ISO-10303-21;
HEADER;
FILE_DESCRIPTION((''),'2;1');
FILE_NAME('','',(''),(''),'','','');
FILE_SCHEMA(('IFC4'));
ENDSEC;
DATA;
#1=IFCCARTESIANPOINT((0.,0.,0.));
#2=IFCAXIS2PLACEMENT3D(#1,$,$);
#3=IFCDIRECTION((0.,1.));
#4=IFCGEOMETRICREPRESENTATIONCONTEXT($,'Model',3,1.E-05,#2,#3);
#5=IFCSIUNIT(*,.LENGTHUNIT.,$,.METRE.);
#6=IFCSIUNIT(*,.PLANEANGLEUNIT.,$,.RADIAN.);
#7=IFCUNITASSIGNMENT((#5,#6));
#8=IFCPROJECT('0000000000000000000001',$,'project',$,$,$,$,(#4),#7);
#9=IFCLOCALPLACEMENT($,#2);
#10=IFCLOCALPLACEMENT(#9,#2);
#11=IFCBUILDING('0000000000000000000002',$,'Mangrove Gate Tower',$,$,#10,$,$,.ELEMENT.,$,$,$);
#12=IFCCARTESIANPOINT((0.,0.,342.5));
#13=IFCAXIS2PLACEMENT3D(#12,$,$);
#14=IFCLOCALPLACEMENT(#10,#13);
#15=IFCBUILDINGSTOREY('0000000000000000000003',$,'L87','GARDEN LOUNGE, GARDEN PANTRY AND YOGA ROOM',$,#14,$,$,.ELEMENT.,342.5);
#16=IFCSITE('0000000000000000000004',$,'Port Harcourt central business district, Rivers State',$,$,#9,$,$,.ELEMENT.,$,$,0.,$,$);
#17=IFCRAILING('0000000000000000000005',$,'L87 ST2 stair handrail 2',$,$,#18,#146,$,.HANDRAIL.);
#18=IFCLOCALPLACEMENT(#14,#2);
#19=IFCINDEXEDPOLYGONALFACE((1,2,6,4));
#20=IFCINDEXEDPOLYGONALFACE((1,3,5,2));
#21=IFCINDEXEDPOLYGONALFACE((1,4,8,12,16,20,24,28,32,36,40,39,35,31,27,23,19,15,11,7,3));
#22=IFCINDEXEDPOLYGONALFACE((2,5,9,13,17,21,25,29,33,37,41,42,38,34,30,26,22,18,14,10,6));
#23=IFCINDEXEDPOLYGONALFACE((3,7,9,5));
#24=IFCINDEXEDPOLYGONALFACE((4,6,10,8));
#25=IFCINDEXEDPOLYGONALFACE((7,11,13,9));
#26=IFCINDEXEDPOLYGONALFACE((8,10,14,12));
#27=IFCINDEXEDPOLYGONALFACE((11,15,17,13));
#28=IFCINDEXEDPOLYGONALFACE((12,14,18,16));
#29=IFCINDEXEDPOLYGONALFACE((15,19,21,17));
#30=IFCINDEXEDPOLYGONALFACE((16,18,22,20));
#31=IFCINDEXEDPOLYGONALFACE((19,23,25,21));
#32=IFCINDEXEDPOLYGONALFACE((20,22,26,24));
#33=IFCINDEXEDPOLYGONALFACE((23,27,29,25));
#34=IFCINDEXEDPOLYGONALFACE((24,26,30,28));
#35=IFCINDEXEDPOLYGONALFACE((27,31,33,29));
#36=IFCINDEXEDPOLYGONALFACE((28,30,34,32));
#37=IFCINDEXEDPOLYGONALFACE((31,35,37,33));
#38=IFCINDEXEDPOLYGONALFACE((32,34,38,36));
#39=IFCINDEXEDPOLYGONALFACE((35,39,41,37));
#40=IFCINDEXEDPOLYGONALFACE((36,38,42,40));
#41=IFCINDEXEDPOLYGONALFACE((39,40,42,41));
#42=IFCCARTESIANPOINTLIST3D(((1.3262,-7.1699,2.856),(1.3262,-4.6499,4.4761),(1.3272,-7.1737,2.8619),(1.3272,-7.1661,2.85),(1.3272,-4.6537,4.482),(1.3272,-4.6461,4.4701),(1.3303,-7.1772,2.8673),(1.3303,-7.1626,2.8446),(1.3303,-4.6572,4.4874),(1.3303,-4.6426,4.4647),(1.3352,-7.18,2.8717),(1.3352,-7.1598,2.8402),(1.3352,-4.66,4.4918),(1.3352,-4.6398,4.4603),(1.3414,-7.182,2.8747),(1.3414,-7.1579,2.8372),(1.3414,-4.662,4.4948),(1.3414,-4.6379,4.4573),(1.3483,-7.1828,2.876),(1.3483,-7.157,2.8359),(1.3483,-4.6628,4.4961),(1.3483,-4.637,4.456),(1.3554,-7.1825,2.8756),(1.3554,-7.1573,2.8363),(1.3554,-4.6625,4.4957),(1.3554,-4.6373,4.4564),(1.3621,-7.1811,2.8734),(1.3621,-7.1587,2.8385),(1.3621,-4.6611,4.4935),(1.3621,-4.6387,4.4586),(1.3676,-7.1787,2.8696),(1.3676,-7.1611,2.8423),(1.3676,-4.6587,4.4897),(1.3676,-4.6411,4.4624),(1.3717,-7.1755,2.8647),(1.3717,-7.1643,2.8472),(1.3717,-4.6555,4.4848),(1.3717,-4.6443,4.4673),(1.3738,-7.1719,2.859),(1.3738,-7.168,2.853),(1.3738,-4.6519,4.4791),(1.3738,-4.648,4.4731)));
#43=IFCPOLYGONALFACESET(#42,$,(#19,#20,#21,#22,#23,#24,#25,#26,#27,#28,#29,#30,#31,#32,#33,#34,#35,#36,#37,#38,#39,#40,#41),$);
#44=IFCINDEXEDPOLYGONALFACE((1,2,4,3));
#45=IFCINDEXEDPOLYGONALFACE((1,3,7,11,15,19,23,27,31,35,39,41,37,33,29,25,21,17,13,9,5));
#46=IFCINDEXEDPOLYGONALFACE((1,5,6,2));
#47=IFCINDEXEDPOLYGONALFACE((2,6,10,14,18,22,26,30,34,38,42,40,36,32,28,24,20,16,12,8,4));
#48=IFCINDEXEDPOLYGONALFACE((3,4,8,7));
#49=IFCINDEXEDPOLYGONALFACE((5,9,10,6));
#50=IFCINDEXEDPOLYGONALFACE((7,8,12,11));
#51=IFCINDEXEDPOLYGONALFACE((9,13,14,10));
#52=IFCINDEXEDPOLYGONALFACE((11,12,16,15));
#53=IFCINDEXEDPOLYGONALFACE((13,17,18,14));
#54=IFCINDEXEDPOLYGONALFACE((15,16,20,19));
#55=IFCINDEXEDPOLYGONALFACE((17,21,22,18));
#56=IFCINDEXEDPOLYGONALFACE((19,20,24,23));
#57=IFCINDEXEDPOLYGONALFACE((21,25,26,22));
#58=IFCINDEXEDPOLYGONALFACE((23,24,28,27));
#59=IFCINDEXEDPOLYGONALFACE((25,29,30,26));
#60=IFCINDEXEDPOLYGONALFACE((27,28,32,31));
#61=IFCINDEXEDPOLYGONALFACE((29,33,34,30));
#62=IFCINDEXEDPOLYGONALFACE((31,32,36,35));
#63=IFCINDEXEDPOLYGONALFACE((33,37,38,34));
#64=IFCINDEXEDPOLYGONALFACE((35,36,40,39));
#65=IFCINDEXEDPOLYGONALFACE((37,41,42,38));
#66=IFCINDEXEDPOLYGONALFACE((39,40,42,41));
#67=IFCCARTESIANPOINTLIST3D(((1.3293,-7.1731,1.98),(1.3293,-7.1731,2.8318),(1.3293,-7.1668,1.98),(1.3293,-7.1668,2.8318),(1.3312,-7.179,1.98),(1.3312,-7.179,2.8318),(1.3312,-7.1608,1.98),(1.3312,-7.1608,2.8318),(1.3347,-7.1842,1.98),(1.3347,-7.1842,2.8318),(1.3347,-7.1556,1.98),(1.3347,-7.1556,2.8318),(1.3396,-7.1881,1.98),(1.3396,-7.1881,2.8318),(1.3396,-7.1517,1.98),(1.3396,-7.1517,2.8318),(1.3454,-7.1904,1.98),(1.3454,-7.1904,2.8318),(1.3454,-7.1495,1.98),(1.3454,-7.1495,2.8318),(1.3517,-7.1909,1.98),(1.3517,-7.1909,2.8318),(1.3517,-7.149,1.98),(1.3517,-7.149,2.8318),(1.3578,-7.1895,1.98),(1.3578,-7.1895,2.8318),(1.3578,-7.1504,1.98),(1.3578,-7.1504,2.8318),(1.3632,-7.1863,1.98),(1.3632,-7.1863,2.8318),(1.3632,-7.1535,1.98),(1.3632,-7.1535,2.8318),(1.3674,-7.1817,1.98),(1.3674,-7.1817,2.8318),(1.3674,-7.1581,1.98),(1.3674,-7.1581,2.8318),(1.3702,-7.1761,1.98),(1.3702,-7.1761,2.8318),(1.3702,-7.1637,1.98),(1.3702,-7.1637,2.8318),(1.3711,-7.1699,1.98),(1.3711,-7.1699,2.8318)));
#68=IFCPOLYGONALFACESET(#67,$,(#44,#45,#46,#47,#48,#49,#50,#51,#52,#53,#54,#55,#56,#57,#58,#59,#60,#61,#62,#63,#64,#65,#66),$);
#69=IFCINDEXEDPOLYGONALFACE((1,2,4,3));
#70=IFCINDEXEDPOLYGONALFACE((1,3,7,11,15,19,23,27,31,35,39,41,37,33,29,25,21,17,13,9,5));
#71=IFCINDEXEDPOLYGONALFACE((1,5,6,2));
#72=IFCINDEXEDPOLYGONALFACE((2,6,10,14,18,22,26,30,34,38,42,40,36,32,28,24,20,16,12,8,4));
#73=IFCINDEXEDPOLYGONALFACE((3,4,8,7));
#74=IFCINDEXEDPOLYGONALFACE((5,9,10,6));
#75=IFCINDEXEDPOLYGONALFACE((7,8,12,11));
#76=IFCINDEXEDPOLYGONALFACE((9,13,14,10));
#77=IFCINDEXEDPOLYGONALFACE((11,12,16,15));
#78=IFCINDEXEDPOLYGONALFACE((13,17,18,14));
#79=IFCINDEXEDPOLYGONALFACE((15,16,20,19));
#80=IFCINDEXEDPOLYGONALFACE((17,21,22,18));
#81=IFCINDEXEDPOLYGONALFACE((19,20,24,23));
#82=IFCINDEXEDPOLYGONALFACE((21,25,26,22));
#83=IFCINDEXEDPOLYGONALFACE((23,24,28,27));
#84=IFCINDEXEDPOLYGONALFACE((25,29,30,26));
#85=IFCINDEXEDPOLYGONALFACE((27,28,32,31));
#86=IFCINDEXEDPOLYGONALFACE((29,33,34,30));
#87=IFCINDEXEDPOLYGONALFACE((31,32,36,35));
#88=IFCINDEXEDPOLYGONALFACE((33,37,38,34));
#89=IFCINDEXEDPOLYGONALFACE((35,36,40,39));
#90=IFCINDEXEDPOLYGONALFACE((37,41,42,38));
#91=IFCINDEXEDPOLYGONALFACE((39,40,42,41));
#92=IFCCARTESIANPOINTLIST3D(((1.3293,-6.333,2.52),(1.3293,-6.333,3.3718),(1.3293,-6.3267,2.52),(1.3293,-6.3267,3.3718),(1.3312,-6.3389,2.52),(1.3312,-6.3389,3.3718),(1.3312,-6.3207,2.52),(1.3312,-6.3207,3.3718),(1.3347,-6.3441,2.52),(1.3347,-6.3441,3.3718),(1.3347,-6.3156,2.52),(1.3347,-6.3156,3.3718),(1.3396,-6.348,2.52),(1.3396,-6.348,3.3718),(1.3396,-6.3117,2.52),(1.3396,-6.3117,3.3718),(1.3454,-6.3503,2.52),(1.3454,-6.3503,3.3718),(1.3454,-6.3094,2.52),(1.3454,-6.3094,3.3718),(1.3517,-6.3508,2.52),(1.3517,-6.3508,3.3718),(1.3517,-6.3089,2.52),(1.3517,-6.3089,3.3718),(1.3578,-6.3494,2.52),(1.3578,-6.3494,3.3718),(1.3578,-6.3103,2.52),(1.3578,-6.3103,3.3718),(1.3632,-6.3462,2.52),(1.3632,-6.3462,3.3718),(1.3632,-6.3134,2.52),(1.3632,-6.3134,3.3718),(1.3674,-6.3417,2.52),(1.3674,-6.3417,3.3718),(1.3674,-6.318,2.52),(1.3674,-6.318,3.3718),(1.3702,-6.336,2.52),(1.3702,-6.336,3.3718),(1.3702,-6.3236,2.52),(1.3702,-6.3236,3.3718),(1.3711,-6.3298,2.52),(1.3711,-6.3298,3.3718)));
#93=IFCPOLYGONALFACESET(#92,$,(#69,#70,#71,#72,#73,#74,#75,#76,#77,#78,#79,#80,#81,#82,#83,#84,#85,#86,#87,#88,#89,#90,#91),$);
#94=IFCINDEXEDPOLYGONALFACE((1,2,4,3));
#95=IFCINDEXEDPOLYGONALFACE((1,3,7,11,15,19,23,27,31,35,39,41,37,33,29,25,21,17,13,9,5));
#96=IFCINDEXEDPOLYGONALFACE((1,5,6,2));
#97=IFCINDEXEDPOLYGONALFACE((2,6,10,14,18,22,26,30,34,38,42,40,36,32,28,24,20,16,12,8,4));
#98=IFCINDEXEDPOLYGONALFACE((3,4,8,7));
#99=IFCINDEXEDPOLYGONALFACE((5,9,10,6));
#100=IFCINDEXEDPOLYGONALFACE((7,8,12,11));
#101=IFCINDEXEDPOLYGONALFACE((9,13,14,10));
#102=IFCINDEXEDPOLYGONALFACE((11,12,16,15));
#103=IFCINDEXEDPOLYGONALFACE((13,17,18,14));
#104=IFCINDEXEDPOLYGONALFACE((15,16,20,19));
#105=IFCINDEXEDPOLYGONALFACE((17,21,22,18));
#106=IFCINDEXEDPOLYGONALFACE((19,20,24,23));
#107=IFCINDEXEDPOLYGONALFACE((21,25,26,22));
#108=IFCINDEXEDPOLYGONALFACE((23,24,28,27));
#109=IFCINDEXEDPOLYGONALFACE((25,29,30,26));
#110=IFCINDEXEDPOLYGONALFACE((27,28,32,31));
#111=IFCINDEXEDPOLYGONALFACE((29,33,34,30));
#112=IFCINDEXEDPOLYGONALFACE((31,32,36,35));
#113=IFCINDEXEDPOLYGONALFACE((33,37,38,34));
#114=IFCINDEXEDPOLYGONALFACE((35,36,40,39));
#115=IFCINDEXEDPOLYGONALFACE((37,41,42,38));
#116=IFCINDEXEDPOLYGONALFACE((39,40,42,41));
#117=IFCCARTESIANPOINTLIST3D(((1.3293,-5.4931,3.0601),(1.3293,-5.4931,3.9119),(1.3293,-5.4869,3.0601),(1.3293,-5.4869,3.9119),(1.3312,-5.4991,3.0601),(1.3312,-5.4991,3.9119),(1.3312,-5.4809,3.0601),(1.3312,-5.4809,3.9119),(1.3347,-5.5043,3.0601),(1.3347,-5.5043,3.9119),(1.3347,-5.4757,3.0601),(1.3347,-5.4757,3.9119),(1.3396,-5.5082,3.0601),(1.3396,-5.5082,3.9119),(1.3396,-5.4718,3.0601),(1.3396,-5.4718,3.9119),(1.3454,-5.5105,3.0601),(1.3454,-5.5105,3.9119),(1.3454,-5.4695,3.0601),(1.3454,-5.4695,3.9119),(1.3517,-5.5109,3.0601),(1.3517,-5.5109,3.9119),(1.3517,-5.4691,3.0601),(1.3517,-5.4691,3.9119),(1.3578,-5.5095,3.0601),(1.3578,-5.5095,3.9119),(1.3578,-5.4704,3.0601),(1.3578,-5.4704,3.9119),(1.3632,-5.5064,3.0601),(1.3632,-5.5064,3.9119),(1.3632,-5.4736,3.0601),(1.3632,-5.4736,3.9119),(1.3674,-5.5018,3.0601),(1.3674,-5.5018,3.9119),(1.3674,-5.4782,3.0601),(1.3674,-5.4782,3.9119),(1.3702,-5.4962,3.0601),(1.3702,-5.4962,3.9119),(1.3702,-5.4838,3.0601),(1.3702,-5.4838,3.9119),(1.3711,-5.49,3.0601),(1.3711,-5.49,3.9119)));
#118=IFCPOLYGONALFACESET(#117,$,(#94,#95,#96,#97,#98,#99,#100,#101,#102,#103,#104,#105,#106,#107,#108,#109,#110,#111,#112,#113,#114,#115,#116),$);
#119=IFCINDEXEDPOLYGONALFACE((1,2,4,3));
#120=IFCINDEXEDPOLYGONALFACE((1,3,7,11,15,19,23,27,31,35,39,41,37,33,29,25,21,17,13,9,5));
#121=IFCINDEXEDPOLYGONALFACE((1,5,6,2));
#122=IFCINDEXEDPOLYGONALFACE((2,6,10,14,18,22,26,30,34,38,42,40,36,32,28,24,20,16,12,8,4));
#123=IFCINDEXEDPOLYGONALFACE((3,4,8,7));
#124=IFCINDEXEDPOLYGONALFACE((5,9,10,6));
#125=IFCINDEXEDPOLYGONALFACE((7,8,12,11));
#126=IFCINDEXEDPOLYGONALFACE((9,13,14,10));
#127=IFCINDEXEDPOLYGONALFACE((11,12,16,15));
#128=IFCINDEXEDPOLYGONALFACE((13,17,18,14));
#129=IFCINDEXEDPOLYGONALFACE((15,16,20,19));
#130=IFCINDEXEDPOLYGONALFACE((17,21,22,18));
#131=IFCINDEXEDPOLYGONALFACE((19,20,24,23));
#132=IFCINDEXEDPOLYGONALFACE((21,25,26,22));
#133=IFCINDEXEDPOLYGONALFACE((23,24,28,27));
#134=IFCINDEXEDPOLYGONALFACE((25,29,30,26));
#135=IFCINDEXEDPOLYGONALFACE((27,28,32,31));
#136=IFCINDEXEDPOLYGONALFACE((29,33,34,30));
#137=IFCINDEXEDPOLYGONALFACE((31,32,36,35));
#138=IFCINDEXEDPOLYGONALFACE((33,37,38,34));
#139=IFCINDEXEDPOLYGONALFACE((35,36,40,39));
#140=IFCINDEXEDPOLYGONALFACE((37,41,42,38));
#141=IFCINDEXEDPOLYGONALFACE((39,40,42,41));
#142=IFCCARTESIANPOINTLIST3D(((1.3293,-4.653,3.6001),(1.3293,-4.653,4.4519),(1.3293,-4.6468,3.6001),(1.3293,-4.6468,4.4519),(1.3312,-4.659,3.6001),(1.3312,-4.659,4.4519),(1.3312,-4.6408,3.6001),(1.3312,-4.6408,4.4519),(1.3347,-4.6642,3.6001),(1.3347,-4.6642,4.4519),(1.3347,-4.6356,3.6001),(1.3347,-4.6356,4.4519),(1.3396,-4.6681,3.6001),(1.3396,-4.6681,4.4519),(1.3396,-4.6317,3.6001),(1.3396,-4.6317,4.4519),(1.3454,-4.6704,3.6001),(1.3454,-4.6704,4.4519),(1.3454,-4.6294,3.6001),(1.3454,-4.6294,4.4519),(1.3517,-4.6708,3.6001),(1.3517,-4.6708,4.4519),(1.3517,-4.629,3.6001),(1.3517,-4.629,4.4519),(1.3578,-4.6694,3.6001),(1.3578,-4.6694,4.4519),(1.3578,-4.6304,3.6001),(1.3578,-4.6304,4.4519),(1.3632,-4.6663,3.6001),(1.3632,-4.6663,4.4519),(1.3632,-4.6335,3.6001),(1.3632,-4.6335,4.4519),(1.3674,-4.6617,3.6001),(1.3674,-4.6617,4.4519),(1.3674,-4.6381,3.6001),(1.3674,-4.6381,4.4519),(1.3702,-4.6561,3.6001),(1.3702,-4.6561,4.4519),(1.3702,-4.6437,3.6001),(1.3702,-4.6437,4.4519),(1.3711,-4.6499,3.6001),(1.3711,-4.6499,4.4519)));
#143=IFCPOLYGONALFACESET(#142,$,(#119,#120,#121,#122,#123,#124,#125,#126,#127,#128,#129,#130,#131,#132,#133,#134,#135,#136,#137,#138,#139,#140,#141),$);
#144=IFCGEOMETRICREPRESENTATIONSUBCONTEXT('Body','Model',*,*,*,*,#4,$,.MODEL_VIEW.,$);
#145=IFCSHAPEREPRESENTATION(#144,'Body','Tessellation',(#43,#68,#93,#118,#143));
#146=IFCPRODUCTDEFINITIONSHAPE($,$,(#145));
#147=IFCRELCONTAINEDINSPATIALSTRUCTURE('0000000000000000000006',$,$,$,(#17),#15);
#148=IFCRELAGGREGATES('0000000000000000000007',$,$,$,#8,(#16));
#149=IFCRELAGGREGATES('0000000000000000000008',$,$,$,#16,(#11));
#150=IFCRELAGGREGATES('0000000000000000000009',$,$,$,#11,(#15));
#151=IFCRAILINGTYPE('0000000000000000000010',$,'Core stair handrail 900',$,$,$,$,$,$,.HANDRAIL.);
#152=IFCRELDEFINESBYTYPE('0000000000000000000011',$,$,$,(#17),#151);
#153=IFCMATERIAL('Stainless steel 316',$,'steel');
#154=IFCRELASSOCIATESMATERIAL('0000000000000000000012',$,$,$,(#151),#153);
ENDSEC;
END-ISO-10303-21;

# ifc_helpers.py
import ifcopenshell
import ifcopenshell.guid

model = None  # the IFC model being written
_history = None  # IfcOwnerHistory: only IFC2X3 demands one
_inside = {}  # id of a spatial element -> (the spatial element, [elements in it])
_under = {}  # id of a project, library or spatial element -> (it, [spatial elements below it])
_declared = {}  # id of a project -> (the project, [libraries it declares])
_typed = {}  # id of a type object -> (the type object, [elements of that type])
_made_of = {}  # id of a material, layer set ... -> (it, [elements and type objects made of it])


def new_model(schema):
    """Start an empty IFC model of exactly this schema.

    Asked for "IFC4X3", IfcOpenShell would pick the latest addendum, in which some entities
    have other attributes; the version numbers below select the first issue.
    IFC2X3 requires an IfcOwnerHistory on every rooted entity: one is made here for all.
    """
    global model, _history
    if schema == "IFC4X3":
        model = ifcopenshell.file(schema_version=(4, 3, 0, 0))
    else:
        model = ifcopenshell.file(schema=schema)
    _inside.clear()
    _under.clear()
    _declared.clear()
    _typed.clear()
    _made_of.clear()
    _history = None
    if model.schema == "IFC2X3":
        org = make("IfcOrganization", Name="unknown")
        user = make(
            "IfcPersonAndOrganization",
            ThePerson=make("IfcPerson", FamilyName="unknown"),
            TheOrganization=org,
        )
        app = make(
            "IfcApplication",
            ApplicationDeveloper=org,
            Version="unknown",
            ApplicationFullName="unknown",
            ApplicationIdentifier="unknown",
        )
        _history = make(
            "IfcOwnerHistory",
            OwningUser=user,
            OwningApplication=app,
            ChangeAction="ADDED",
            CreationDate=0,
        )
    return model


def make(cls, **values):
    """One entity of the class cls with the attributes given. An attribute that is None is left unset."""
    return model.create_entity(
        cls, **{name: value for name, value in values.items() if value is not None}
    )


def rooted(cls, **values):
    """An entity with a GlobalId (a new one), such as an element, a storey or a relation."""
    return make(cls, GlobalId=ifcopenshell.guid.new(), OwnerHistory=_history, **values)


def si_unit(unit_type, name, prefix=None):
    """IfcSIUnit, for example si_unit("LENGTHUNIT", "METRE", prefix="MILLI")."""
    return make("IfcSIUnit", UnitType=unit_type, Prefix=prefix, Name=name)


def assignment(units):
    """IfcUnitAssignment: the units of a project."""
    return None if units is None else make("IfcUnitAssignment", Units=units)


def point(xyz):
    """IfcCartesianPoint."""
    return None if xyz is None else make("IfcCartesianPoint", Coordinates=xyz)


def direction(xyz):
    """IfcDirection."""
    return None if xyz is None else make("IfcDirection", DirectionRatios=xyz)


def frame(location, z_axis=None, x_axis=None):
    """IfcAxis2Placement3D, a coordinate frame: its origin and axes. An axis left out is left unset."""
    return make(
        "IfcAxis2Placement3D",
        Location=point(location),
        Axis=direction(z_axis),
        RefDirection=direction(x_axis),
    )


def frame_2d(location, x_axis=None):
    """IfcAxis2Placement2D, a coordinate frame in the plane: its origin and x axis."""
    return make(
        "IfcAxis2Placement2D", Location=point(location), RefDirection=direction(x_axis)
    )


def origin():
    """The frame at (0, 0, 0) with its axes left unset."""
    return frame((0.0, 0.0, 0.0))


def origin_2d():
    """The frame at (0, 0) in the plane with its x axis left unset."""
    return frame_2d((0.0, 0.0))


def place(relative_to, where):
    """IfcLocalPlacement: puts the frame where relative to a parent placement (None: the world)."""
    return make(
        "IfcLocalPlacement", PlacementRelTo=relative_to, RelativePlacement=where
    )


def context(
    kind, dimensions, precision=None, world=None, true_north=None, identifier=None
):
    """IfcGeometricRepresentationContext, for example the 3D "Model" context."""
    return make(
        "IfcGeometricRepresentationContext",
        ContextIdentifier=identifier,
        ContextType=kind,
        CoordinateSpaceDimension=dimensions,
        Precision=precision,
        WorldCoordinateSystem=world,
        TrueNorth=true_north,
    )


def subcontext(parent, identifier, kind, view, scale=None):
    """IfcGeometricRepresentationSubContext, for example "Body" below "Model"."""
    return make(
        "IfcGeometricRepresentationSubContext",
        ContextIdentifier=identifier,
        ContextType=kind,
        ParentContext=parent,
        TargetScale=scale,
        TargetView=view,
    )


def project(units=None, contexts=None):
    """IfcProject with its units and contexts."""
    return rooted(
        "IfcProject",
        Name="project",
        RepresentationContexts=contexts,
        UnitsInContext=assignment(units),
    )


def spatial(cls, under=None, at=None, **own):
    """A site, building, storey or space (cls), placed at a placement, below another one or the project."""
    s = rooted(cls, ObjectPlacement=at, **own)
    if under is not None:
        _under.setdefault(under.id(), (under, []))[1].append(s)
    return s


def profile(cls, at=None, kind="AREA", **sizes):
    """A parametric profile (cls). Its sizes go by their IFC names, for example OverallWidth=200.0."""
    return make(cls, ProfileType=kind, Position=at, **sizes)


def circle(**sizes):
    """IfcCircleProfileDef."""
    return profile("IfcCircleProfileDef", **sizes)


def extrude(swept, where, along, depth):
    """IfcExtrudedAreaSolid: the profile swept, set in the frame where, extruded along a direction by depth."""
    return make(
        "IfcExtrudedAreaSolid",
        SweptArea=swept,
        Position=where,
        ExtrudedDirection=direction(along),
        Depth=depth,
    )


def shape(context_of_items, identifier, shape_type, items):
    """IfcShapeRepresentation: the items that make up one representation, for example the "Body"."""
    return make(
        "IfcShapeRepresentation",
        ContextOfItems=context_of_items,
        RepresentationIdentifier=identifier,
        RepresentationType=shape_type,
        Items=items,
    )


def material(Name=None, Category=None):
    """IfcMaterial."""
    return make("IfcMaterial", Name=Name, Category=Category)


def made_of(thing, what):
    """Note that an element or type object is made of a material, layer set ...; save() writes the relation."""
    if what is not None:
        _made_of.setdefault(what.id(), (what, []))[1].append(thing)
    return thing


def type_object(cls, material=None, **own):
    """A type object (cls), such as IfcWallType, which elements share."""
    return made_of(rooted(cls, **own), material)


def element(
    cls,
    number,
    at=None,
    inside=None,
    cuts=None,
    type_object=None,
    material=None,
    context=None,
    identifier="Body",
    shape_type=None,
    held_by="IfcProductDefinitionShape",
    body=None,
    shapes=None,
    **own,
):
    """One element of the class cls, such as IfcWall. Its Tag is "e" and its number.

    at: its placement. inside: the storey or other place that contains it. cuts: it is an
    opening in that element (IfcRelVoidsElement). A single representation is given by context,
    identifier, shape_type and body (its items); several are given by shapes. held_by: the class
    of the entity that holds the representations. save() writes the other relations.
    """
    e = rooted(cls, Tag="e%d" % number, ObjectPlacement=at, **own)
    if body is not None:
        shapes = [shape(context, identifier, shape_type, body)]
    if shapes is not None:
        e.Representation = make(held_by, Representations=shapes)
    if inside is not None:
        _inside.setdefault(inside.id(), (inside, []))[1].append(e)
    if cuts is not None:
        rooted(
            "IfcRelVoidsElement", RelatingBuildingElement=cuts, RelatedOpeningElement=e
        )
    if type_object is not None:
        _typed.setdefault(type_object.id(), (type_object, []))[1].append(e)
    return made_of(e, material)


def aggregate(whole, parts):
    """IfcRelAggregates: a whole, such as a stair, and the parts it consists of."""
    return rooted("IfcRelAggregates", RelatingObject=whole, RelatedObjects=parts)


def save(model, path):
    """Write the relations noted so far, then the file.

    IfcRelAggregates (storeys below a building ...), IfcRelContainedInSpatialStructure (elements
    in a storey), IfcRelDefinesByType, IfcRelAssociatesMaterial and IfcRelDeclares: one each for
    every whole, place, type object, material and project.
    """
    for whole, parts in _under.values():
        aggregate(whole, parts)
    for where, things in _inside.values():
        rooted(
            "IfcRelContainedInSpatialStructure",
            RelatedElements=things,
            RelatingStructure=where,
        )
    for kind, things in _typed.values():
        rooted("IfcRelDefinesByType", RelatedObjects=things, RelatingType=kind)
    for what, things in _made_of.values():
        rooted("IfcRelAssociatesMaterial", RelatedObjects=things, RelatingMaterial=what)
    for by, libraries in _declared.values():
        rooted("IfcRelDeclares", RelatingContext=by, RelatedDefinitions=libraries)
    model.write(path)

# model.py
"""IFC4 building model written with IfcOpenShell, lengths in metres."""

from ifc_helpers import new_model, si_unit, direction, frame, origin, origin_2d, place, context, subcontext, project, spatial, circle, extrude, material, type_object, element, save


model = new_model("IFC4")

# Units and contexts
model_context = context("Model", 3, precision=1e-05, world=origin(), true_north=direction((0.0, 1.0)))
body_context = subcontext(model_context, "Body", "Model", "MODEL_VIEW")
ifc_project = project(units=[si_unit("LENGTHUNIT", "METRE"), si_unit("PLANEANGLEUNIT", "RADIAN")], contexts=[model_context])

# Site, building, storey
site_placement = place(None, origin())
site = spatial("IfcSite", under=ifc_project, at=site_placement, Name="Port Harcourt central business district, Rivers State", CompositionType="ELEMENT", RefElevation=0.0)
building_placement = place(site_placement, origin())
building = spatial("IfcBuilding", under=site, at=building_placement, Name="Mangrove Gate Tower", CompositionType="ELEMENT")
storey_placement = place(building_placement, frame((0.0, 0.0, 342.5)))
storey = spatial("IfcBuildingStorey", under=building, at=storey_placement, Name="L87", Description="GARDEN LOUNGE, GARDEN PANTRY AND YOGA ROOM", CompositionType="ELEMENT", Elevation=342.5)

# Railing
ifc_material_1 = material(Name="Stainless steel 316", Category="steel")
railing_type_1 = type_object("IfcRailingType", Name="Core stair handrail 900", PredefinedType="HANDRAIL", material=ifc_material_1)
railing_1_placement = place(storey_placement, frame((1.3501, -7.1699, 1.98)))
element("IfcRailing", 1, at=railing_1_placement, inside=storey, type_object=railing_type_1, Name="L87 ST2 stair handrail 2", PredefinedType="HANDRAIL", context=body_context, shape_type="SweptSolid", body=[
    extrude(circle(Radius=0.0239, at=origin_2d()), frame((0.0, 0.0, 0.876), z_axis=(0.0, 0.841163, 0.540782), x_axis=(-1.0, 0.0, 0.0)), (0.0, 0.0, 1.0), 2.9958),
    extrude(circle(Radius=0.021, at=origin_2d()), origin(), (0.0, 0.0, 1.0), 0.8518),
    extrude(circle(Radius=0.021, at=origin_2d()), frame((0.0, 0.8401, 0.54)), (0.0, 0.0, 1.0), 0.8518),
    extrude(circle(Radius=0.021, at=origin_2d()), frame((0.0, 1.6799, 1.0801)), (0.0, 0.0, 1.0), 0.8518),
    extrude(circle(Radius=0.021, at=origin_2d()), frame((0.0, 2.52, 1.6201)), (0.0, 0.0, 1.0), 0.8518),
])

save(model, "model.ifc")
